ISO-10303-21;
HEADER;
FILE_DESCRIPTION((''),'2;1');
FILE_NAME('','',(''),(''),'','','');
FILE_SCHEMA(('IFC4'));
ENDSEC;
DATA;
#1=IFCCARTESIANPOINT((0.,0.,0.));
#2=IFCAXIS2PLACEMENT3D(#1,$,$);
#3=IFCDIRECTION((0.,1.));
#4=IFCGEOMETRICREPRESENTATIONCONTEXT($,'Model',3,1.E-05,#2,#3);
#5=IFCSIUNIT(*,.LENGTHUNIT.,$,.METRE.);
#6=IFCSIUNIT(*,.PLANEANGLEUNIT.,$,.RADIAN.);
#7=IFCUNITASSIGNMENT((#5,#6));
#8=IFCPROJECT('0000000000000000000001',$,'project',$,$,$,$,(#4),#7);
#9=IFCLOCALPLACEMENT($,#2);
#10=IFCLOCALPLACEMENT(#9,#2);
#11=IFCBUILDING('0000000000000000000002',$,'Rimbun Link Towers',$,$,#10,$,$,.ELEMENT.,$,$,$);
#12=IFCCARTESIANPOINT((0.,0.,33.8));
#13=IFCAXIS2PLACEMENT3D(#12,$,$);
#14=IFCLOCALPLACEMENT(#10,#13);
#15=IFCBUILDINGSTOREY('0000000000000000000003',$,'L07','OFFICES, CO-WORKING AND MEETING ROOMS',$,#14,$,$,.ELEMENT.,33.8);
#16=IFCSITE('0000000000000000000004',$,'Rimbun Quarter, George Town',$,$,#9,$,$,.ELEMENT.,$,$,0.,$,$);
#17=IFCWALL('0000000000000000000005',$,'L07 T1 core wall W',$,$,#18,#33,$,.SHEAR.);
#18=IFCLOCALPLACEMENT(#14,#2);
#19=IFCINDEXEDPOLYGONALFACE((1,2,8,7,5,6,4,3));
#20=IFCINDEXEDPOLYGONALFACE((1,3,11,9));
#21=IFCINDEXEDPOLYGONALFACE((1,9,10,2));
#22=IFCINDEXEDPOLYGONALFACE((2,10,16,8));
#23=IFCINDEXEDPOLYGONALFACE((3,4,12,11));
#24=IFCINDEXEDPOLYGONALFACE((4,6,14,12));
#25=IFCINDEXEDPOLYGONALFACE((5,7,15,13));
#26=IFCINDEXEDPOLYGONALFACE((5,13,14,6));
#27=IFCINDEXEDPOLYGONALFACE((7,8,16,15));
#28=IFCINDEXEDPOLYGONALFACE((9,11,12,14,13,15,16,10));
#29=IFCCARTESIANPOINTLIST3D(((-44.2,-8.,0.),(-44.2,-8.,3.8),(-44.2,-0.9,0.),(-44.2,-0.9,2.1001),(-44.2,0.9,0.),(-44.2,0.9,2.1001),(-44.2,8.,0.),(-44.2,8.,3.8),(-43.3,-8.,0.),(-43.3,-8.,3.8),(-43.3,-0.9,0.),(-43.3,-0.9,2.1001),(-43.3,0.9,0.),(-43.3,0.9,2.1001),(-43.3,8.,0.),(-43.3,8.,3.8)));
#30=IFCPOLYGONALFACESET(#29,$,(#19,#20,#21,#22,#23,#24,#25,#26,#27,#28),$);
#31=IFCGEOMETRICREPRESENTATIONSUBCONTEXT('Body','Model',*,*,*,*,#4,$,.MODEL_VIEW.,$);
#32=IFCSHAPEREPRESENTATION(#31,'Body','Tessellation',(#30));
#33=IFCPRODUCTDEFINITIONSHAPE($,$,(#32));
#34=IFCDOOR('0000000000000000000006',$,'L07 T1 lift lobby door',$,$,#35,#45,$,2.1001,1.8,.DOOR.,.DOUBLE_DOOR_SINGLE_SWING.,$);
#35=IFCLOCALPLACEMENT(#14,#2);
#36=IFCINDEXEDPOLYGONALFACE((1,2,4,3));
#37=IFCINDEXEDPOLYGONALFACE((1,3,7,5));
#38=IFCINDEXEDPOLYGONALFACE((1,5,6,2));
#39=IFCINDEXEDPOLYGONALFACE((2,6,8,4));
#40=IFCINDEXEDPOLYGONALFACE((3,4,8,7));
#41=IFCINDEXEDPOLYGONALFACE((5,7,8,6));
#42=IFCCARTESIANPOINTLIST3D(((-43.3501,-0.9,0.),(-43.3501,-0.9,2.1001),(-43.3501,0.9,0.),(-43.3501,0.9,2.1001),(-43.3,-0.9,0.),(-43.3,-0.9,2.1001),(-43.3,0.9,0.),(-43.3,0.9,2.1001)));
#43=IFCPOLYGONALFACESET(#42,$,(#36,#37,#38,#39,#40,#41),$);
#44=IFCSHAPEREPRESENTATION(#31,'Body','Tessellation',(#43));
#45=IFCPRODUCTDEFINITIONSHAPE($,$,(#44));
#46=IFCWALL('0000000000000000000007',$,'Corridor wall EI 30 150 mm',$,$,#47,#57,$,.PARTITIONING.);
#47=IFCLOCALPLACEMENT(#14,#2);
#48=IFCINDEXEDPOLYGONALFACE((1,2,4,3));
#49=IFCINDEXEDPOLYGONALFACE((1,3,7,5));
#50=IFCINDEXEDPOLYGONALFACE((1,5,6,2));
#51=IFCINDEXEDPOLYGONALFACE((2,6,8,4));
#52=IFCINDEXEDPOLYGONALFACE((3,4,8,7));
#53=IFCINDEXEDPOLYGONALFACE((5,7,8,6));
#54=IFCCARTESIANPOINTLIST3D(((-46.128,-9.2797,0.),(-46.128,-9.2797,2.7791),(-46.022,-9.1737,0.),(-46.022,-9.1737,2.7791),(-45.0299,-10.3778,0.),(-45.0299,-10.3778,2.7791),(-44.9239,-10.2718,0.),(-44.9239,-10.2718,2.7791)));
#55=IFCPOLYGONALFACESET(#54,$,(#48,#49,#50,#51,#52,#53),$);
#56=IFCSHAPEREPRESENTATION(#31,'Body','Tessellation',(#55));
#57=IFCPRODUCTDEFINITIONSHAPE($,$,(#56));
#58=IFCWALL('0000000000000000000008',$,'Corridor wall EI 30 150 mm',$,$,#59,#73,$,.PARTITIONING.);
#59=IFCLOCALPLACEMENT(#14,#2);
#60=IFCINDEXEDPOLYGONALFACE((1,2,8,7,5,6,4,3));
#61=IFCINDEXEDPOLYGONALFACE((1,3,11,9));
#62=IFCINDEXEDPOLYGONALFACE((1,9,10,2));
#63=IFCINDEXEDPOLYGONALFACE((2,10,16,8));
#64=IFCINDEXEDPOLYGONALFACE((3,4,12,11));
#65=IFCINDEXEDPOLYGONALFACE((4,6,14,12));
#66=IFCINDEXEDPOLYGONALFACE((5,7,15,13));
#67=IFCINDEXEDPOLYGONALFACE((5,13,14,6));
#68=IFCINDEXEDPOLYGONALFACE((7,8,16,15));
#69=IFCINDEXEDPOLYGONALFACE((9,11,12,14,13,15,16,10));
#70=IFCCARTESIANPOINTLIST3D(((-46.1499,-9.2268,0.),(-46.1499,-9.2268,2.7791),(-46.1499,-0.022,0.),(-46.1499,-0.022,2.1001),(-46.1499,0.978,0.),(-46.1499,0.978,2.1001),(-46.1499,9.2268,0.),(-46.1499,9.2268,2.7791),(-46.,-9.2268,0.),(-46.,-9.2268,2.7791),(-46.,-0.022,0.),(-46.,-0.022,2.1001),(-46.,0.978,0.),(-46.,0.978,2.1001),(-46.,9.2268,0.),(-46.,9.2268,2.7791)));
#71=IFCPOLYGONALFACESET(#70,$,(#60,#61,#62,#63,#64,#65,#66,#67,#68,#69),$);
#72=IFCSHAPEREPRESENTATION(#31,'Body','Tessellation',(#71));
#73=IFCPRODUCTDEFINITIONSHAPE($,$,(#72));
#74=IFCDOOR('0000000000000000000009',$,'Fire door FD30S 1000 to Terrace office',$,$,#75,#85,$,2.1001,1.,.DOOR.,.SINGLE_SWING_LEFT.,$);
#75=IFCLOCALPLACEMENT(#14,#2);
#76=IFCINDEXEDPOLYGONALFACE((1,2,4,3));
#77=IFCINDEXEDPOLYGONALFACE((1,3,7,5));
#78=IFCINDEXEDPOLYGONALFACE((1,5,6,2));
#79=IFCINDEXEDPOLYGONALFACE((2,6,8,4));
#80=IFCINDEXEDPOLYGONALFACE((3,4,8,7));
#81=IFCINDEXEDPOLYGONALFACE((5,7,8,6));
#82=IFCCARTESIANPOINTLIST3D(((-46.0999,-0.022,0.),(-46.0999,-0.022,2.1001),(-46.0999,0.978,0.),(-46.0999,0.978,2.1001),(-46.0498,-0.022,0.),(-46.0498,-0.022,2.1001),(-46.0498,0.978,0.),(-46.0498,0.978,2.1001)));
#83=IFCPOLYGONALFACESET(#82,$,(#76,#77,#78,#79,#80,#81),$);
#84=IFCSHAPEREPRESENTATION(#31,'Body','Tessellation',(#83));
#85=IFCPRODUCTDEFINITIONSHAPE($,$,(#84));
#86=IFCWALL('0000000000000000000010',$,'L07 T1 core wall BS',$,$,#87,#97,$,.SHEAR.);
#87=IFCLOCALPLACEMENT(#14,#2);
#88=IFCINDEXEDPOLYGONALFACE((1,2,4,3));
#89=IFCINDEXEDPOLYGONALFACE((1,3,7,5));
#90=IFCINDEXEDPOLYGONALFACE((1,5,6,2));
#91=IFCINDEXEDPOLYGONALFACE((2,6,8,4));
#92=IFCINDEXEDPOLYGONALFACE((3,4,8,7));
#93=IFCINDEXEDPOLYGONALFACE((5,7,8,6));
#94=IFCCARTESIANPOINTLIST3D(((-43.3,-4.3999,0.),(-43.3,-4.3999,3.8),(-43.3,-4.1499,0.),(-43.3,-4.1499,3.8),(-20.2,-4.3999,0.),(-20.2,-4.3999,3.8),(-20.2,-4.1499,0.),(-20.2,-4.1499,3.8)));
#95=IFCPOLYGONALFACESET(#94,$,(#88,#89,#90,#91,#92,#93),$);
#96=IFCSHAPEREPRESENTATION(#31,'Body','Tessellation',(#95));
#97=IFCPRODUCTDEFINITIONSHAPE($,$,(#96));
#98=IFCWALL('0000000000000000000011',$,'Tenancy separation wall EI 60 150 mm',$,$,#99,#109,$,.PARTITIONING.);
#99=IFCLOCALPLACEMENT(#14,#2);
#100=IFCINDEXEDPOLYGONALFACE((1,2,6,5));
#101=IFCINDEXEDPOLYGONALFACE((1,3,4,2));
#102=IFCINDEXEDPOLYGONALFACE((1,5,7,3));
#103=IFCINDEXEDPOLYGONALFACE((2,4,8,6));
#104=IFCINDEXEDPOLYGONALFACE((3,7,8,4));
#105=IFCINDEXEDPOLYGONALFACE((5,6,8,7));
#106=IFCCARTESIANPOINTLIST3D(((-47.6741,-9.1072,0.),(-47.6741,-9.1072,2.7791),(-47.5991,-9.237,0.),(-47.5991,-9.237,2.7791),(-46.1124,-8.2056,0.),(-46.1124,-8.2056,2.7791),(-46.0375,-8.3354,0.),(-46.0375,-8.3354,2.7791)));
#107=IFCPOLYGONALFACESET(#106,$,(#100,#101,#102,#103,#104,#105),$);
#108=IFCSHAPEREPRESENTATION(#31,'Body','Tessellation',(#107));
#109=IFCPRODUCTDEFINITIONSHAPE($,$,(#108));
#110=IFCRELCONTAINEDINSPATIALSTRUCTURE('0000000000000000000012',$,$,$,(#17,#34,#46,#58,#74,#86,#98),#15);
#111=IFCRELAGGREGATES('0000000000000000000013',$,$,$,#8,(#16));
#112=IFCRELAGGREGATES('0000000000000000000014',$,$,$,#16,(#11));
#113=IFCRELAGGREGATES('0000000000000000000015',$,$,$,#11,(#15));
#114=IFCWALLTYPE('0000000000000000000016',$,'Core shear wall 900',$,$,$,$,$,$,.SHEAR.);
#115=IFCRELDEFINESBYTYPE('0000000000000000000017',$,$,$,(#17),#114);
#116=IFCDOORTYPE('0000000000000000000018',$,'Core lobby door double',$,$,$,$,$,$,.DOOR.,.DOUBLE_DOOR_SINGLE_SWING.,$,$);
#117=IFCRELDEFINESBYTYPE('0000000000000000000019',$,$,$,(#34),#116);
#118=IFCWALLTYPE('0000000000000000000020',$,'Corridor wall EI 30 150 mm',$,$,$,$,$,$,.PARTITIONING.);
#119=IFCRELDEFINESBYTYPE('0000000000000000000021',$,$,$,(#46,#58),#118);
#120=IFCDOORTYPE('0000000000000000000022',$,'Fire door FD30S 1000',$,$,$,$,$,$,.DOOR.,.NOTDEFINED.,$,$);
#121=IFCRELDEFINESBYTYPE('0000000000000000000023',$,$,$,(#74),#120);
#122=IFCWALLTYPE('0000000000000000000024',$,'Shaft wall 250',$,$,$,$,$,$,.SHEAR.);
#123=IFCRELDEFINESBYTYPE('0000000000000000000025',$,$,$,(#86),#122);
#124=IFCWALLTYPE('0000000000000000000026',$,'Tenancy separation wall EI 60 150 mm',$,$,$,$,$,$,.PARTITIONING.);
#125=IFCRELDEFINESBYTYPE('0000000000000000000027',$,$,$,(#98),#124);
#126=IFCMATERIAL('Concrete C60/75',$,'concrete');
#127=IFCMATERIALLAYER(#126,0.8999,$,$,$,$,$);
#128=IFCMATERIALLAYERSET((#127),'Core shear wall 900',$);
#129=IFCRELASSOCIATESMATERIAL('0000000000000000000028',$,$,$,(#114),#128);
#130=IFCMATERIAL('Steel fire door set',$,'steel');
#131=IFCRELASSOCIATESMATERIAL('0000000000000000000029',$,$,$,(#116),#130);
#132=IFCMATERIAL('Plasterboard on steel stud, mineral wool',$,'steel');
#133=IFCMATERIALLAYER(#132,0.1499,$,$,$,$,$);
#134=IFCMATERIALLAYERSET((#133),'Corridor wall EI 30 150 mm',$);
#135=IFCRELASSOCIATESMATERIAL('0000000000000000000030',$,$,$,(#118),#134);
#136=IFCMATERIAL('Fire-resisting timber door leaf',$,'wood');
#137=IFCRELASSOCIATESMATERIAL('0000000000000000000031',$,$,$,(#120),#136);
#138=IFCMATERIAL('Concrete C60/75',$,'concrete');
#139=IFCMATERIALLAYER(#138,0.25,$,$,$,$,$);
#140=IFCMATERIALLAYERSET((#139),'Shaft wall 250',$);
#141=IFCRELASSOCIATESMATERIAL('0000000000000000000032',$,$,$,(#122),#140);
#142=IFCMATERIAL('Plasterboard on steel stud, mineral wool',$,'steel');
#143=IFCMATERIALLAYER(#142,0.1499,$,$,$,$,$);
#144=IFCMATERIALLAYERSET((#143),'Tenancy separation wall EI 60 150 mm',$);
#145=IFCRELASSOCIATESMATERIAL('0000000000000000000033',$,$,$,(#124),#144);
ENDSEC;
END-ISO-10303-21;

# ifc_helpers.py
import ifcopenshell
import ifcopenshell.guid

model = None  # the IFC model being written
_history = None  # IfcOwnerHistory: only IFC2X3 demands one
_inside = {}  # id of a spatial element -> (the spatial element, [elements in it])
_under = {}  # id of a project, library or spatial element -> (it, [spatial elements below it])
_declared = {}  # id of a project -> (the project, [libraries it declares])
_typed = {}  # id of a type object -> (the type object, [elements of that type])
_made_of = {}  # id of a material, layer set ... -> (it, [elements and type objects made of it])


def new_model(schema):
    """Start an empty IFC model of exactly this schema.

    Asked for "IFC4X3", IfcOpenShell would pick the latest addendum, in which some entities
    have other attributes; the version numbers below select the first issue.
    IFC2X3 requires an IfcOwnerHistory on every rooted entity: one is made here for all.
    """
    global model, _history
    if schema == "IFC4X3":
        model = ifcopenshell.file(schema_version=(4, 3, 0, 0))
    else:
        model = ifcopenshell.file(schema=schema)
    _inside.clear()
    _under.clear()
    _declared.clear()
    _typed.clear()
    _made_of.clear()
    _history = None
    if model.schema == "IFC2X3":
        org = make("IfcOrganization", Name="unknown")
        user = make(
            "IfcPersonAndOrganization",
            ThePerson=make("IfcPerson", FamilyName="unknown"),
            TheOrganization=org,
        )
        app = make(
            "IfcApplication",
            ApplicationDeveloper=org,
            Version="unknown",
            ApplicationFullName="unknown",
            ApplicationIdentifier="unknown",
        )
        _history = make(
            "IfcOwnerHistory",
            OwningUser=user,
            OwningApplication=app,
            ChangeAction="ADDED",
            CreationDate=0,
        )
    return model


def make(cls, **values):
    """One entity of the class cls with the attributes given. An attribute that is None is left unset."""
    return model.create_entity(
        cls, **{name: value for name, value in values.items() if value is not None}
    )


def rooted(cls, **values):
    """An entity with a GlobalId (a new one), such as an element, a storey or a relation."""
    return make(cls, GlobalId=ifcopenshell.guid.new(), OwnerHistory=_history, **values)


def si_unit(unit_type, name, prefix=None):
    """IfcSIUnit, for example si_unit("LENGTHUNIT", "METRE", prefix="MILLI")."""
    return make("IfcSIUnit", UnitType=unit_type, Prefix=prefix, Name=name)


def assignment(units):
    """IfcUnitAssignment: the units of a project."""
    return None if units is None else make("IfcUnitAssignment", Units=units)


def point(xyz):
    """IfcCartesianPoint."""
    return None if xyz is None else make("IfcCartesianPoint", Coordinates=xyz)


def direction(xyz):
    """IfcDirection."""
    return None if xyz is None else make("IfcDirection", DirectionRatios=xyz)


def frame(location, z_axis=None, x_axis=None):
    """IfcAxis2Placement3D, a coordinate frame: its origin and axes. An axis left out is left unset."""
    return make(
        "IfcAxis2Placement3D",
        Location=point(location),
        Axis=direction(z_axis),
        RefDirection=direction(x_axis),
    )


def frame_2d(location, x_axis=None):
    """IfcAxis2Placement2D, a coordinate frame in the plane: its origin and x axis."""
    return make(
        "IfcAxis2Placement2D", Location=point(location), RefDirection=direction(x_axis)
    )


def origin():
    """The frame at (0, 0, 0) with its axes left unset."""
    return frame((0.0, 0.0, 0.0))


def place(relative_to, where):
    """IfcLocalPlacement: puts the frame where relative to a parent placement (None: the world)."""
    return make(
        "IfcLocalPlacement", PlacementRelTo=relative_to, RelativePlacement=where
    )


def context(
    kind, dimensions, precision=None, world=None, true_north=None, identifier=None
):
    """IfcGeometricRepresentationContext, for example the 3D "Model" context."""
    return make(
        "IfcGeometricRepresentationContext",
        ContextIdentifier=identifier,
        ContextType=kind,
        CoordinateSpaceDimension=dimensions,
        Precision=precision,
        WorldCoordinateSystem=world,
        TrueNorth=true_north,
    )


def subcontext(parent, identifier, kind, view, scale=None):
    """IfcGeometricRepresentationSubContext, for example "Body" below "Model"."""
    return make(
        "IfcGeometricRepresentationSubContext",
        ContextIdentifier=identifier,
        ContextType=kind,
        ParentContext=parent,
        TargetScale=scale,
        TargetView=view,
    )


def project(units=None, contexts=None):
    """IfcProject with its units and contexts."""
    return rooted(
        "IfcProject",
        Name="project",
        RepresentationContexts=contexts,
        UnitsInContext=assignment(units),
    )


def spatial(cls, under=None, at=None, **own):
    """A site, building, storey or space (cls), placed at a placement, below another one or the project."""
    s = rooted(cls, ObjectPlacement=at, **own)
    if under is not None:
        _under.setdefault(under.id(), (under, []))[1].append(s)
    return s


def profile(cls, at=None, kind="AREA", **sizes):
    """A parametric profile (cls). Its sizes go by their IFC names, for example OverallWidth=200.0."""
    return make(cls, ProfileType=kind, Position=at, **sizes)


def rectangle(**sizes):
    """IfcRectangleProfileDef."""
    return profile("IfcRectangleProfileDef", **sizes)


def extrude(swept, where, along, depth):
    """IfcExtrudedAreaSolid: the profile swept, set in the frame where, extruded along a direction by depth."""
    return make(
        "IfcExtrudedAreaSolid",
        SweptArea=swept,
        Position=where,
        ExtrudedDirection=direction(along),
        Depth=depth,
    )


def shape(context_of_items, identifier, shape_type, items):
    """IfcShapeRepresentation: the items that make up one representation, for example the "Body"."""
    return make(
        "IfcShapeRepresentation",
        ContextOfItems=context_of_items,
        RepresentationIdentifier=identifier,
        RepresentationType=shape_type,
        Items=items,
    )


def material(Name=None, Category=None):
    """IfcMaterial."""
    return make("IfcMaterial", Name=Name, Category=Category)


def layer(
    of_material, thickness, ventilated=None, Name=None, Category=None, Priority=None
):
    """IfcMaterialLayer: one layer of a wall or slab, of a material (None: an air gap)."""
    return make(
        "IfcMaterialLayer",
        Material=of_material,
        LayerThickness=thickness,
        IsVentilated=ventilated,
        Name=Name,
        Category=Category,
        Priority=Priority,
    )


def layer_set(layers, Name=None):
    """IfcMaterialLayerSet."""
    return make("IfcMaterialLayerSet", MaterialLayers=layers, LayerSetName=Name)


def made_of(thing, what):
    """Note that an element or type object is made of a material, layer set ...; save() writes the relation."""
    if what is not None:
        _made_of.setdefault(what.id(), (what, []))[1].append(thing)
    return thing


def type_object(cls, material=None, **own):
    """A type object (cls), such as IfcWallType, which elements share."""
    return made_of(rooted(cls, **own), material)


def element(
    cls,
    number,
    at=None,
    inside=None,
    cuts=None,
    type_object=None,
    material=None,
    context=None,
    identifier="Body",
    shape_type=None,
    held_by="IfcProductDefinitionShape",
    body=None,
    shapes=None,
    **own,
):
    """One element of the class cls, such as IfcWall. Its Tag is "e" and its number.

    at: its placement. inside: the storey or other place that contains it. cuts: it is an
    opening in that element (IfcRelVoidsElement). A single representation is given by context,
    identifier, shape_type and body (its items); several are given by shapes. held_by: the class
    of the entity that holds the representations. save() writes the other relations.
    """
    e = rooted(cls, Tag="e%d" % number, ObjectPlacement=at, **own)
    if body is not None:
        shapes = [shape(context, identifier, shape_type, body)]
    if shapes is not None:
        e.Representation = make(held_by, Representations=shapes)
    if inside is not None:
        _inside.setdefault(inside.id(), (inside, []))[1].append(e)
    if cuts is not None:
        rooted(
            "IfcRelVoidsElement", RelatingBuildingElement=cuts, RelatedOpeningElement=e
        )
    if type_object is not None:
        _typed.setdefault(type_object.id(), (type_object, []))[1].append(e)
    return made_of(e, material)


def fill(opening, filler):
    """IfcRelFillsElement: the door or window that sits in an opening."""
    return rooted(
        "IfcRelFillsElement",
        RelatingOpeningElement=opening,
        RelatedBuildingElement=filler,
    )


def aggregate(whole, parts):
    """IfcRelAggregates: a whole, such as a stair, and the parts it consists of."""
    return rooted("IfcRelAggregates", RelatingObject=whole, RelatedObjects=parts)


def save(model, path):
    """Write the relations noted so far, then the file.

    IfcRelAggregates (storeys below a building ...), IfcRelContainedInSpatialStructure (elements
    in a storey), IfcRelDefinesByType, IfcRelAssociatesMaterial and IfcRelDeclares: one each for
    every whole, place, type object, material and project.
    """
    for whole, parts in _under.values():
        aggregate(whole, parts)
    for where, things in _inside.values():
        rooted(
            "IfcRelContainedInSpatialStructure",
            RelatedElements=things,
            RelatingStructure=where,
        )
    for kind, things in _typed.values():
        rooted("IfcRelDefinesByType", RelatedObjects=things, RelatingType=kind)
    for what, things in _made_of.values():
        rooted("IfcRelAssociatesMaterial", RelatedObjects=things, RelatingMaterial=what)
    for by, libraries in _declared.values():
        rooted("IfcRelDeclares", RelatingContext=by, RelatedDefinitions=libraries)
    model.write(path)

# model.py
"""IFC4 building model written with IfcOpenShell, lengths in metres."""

from ifc_helpers import new_model, si_unit, direction, frame, frame_2d, origin, place, context, subcontext, project, spatial, rectangle, extrude, material, layer, layer_set, type_object, element, fill, save


model = new_model("IFC4")

# Units and contexts
model_context = context("Model", 3, precision=1e-05, world=origin(), true_north=direction((0.0, 1.0)))
body_context = subcontext(model_context, "Body", "Model", "MODEL_VIEW")
ifc_project = project(units=[si_unit("LENGTHUNIT", "METRE"), si_unit("PLANEANGLEUNIT", "RADIAN")], contexts=[model_context])

# Site, building, storey
site_placement = place(None, origin())
site = spatial("IfcSite", under=ifc_project, at=site_placement, Name="Rimbun Quarter, George Town", CompositionType="ELEMENT", RefElevation=0.0)
building_placement = place(site_placement, origin())
building = spatial("IfcBuilding", under=site, at=building_placement, Name="Rimbun Link Towers", CompositionType="ELEMENT")
storey_placement = place(building_placement, frame((0.0, 0.0, 33.8)))
storey = spatial("IfcBuildingStorey", under=building, at=storey_placement, Name="L07", Description="OFFICES, CO-WORKING AND MEETING ROOMS", CompositionType="ELEMENT", Elevation=33.8)

# Shared definitions
ifc_material_1 = material(Name="Concrete C60/75", Category="concrete")
ifc_layer_1 = layer(ifc_material_1, 0.8999)
ifc_layer_set_1 = layer_set([ifc_layer_1], Name="Core shear wall 900")
wall_type_1 = type_object("IfcWallType", Name="Core shear wall 900", PredefinedType="SHEAR", material=ifc_layer_set_1)

# Wall, opening, door
wall_1_placement = place(storey_placement, frame((-43.75, -8.0, 0.0), z_axis=(0.0, 0.0, 1.0), x_axis=(0.0, 1.0, 0.0)))
wall_1 = element("IfcWall", 1, at=wall_1_placement, inside=storey, type_object=wall_type_1, Name="L07 T1 core wall W", PredefinedType="SHEAR", context=body_context, shape_type="SweptSolid", body=[
    extrude(rectangle(XDim=16.0, YDim=0.8999, at=frame_2d((8.0, 0.0))), origin(), (0.0, 0.0, 1.0), 3.8),
])
opening_1_placement = place(wall_1_placement, frame((7.1001, 0.0, 0.0)))
opening_1 = element("IfcOpeningElement", 2, at=opening_1_placement, cuts=wall_1, PredefinedType="OPENING", context=body_context, shape_type="SweptSolid", body=[
    extrude(rectangle(XDim=1.8, YDim=2.1001, at=frame_2d((0.8999, 1.05))), frame((0.0, 0.46, 0.0), z_axis=(0.0, -1.0, 0.0), x_axis=(1.0, 0.0, 0.0)), (0.0, 0.0, 1.0), 0.9199),
])
ifc_material_2 = material(Name="Steel fire door set", Category="steel")
door_type_1 = type_object("IfcDoorType", Name="Core lobby door double", OperationType="DOUBLE_DOOR_SINGLE_SWING", PredefinedType="DOOR", material=ifc_material_2)
door_1_placement = place(opening_1_placement, origin())
door_1 = element("IfcDoor", 3, at=door_1_placement, inside=storey, type_object=door_type_1, Name="L07 T1 lift lobby door", OperationType="DOUBLE_DOOR_SINGLE_SWING", OverallHeight=2.1001, OverallWidth=1.8, PredefinedType="DOOR", context=body_context, shape_type="SweptSolid", body=[
    extrude(rectangle(XDim=1.8, YDim=2.1001, at=frame_2d((0.8999, 1.05))), frame((0.0, -0.3999, 0.0), z_axis=(0.0, -1.0, 0.0), x_axis=(1.0, 0.0, 0.0)), (0.0, 0.0, 1.0), 0.05),
])
fill(opening_1, door_1)

# Wall
ifc_material_3 = material(Name="Plasterboard on steel stud, mineral wool", Category="steel")
ifc_layer_2 = layer(ifc_material_3, 0.1499)
ifc_layer_set_2 = layer_set([ifc_layer_2], Name="Corridor wall EI 30 150 mm")
wall_type_2 = type_object("IfcWallType", Name="Corridor wall EI 30 150 mm", PredefinedType="PARTITIONING", material=ifc_layer_set_2)
wall_2_placement = place(storey_placement, frame((-46.075, -9.2268, 0.0), z_axis=(0.0, 0.0, 1.0), x_axis=(0.707107, -0.707107, 0.0)))
element("IfcWall", 4, at=wall_2_placement, inside=storey, type_object=wall_type_2, Name="Corridor wall EI 30 150 mm", PredefinedType="PARTITIONING", context=body_context, shape_type="SweptSolid", body=[
    extrude(rectangle(XDim=1.553, YDim=0.1499, at=frame_2d((0.7764, 0.0))), origin(), (0.0, 0.0, 1.0), 2.7791),
])

# Wall, opening, door
wall_3_placement = place(storey_placement, frame((-46.075, -9.2268, 0.0), z_axis=(0.0, 0.0, 1.0), x_axis=(0.0, 1.0, 0.0)))
wall_3 = element("IfcWall", 5, at=wall_3_placement, inside=storey, type_object=wall_type_2, Name="Corridor wall EI 30 150 mm", PredefinedType="PARTITIONING", context=body_context, shape_type="SweptSolid", body=[
    extrude(rectangle(XDim=18.4536, YDim=0.1499, at=frame_2d((9.2268, 0.0))), origin(), (0.0, 0.0, 1.0), 2.7791),
])
opening_2_placement = place(wall_3_placement, frame((9.2048, 0.0, 0.0)))
opening_2 = element("IfcOpeningElement", 6, at=opening_2_placement, cuts=wall_3, PredefinedType="OPENING", context=body_context, shape_type="SweptSolid", body=[
    extrude(rectangle(XDim=1.0, YDim=2.1001, at=frame_2d((0.5, 1.05))), frame((0.0, 0.085, 0.0), z_axis=(0.0, -1.0, 0.0), x_axis=(1.0, 0.0, 0.0)), (0.0, 0.0, 1.0), 0.1699),
])
ifc_material_4 = material(Name="Fire-resisting timber door leaf", Category="wood")
door_type_2 = type_object("IfcDoorType", Name="Fire door FD30S 1000", OperationType="NOTDEFINED", PredefinedType="DOOR", material=ifc_material_4)
door_2_placement = place(opening_2_placement, origin())
door_2 = element("IfcDoor", 7, at=door_2_placement, inside=storey, type_object=door_type_2, Name="Fire door FD30S 1000 to Terrace office", OperationType="SINGLE_SWING_LEFT", OverallHeight=2.1001, OverallWidth=1.0, PredefinedType="DOOR", context=body_context, shape_type="SweptSolid", body=[
    extrude(rectangle(XDim=1.0, YDim=2.1001, at=frame_2d((0.5, 1.05))), frame((0.0, 0.0249, 0.0), z_axis=(0.0, -1.0, 0.0), x_axis=(1.0, 0.0, 0.0)), (0.0, 0.0, 1.0), 0.05),
])
fill(opening_2, door_2)

# Walls
ifc_material_5 = material(Name="Concrete C60/75", Category="concrete")
ifc_layer_3 = layer(ifc_material_5, 0.25)
ifc_layer_set_3 = layer_set([ifc_layer_3], Name="Shaft wall 250")
wall_type_3 = type_object("IfcWallType", Name="Shaft wall 250", PredefinedType="SHEAR", material=ifc_layer_set_3)
wall_4_placement = place(storey_placement, frame((-43.3, -4.2749, 0.0), z_axis=(0.0, 0.0, 1.0), x_axis=(1.0, 0.0, 0.0)))
element("IfcWall", 8, at=wall_4_placement, inside=storey, type_object=wall_type_3, Name="L07 T1 core wall BS", PredefinedType="SHEAR", context=body_context, shape_type="SweptSolid", body=[
    extrude(rectangle(XDim=23.1001, YDim=0.25, at=frame_2d((11.55, 0.0))), origin(), (0.0, 0.0, 1.0), 3.8),
])
ifc_material_6 = material(Name="Plasterboard on steel stud, mineral wool", Category="steel")
ifc_layer_4 = layer(ifc_material_6, 0.1499)
ifc_layer_set_4 = layer_set([ifc_layer_4], Name="Tenancy separation wall EI 60 150 mm")
wall_type_4 = type_object("IfcWallType", Name="Tenancy separation wall EI 60 150 mm", PredefinedType="PARTITIONING", material=ifc_layer_set_4)
wall_5_placement = place(storey_placement, frame((-46.075, -8.2705, 0.0), z_axis=(0.0, 0.0, 1.0), x_axis=(-0.866044, -0.499969, 0.0)))
element("IfcWall", 9, at=wall_5_placement, inside=storey, type_object=wall_type_4, Name="Tenancy separation wall EI 60 150 mm", PredefinedType="PARTITIONING", context=body_context, shape_type="SweptSolid", body=[
    extrude(rectangle(XDim=1.8032, YDim=0.1499, at=frame_2d((0.9016, 0.0))), origin(), (0.0, 0.0, 1.0), 2.7791),
])

save(model, "model.ifc")
